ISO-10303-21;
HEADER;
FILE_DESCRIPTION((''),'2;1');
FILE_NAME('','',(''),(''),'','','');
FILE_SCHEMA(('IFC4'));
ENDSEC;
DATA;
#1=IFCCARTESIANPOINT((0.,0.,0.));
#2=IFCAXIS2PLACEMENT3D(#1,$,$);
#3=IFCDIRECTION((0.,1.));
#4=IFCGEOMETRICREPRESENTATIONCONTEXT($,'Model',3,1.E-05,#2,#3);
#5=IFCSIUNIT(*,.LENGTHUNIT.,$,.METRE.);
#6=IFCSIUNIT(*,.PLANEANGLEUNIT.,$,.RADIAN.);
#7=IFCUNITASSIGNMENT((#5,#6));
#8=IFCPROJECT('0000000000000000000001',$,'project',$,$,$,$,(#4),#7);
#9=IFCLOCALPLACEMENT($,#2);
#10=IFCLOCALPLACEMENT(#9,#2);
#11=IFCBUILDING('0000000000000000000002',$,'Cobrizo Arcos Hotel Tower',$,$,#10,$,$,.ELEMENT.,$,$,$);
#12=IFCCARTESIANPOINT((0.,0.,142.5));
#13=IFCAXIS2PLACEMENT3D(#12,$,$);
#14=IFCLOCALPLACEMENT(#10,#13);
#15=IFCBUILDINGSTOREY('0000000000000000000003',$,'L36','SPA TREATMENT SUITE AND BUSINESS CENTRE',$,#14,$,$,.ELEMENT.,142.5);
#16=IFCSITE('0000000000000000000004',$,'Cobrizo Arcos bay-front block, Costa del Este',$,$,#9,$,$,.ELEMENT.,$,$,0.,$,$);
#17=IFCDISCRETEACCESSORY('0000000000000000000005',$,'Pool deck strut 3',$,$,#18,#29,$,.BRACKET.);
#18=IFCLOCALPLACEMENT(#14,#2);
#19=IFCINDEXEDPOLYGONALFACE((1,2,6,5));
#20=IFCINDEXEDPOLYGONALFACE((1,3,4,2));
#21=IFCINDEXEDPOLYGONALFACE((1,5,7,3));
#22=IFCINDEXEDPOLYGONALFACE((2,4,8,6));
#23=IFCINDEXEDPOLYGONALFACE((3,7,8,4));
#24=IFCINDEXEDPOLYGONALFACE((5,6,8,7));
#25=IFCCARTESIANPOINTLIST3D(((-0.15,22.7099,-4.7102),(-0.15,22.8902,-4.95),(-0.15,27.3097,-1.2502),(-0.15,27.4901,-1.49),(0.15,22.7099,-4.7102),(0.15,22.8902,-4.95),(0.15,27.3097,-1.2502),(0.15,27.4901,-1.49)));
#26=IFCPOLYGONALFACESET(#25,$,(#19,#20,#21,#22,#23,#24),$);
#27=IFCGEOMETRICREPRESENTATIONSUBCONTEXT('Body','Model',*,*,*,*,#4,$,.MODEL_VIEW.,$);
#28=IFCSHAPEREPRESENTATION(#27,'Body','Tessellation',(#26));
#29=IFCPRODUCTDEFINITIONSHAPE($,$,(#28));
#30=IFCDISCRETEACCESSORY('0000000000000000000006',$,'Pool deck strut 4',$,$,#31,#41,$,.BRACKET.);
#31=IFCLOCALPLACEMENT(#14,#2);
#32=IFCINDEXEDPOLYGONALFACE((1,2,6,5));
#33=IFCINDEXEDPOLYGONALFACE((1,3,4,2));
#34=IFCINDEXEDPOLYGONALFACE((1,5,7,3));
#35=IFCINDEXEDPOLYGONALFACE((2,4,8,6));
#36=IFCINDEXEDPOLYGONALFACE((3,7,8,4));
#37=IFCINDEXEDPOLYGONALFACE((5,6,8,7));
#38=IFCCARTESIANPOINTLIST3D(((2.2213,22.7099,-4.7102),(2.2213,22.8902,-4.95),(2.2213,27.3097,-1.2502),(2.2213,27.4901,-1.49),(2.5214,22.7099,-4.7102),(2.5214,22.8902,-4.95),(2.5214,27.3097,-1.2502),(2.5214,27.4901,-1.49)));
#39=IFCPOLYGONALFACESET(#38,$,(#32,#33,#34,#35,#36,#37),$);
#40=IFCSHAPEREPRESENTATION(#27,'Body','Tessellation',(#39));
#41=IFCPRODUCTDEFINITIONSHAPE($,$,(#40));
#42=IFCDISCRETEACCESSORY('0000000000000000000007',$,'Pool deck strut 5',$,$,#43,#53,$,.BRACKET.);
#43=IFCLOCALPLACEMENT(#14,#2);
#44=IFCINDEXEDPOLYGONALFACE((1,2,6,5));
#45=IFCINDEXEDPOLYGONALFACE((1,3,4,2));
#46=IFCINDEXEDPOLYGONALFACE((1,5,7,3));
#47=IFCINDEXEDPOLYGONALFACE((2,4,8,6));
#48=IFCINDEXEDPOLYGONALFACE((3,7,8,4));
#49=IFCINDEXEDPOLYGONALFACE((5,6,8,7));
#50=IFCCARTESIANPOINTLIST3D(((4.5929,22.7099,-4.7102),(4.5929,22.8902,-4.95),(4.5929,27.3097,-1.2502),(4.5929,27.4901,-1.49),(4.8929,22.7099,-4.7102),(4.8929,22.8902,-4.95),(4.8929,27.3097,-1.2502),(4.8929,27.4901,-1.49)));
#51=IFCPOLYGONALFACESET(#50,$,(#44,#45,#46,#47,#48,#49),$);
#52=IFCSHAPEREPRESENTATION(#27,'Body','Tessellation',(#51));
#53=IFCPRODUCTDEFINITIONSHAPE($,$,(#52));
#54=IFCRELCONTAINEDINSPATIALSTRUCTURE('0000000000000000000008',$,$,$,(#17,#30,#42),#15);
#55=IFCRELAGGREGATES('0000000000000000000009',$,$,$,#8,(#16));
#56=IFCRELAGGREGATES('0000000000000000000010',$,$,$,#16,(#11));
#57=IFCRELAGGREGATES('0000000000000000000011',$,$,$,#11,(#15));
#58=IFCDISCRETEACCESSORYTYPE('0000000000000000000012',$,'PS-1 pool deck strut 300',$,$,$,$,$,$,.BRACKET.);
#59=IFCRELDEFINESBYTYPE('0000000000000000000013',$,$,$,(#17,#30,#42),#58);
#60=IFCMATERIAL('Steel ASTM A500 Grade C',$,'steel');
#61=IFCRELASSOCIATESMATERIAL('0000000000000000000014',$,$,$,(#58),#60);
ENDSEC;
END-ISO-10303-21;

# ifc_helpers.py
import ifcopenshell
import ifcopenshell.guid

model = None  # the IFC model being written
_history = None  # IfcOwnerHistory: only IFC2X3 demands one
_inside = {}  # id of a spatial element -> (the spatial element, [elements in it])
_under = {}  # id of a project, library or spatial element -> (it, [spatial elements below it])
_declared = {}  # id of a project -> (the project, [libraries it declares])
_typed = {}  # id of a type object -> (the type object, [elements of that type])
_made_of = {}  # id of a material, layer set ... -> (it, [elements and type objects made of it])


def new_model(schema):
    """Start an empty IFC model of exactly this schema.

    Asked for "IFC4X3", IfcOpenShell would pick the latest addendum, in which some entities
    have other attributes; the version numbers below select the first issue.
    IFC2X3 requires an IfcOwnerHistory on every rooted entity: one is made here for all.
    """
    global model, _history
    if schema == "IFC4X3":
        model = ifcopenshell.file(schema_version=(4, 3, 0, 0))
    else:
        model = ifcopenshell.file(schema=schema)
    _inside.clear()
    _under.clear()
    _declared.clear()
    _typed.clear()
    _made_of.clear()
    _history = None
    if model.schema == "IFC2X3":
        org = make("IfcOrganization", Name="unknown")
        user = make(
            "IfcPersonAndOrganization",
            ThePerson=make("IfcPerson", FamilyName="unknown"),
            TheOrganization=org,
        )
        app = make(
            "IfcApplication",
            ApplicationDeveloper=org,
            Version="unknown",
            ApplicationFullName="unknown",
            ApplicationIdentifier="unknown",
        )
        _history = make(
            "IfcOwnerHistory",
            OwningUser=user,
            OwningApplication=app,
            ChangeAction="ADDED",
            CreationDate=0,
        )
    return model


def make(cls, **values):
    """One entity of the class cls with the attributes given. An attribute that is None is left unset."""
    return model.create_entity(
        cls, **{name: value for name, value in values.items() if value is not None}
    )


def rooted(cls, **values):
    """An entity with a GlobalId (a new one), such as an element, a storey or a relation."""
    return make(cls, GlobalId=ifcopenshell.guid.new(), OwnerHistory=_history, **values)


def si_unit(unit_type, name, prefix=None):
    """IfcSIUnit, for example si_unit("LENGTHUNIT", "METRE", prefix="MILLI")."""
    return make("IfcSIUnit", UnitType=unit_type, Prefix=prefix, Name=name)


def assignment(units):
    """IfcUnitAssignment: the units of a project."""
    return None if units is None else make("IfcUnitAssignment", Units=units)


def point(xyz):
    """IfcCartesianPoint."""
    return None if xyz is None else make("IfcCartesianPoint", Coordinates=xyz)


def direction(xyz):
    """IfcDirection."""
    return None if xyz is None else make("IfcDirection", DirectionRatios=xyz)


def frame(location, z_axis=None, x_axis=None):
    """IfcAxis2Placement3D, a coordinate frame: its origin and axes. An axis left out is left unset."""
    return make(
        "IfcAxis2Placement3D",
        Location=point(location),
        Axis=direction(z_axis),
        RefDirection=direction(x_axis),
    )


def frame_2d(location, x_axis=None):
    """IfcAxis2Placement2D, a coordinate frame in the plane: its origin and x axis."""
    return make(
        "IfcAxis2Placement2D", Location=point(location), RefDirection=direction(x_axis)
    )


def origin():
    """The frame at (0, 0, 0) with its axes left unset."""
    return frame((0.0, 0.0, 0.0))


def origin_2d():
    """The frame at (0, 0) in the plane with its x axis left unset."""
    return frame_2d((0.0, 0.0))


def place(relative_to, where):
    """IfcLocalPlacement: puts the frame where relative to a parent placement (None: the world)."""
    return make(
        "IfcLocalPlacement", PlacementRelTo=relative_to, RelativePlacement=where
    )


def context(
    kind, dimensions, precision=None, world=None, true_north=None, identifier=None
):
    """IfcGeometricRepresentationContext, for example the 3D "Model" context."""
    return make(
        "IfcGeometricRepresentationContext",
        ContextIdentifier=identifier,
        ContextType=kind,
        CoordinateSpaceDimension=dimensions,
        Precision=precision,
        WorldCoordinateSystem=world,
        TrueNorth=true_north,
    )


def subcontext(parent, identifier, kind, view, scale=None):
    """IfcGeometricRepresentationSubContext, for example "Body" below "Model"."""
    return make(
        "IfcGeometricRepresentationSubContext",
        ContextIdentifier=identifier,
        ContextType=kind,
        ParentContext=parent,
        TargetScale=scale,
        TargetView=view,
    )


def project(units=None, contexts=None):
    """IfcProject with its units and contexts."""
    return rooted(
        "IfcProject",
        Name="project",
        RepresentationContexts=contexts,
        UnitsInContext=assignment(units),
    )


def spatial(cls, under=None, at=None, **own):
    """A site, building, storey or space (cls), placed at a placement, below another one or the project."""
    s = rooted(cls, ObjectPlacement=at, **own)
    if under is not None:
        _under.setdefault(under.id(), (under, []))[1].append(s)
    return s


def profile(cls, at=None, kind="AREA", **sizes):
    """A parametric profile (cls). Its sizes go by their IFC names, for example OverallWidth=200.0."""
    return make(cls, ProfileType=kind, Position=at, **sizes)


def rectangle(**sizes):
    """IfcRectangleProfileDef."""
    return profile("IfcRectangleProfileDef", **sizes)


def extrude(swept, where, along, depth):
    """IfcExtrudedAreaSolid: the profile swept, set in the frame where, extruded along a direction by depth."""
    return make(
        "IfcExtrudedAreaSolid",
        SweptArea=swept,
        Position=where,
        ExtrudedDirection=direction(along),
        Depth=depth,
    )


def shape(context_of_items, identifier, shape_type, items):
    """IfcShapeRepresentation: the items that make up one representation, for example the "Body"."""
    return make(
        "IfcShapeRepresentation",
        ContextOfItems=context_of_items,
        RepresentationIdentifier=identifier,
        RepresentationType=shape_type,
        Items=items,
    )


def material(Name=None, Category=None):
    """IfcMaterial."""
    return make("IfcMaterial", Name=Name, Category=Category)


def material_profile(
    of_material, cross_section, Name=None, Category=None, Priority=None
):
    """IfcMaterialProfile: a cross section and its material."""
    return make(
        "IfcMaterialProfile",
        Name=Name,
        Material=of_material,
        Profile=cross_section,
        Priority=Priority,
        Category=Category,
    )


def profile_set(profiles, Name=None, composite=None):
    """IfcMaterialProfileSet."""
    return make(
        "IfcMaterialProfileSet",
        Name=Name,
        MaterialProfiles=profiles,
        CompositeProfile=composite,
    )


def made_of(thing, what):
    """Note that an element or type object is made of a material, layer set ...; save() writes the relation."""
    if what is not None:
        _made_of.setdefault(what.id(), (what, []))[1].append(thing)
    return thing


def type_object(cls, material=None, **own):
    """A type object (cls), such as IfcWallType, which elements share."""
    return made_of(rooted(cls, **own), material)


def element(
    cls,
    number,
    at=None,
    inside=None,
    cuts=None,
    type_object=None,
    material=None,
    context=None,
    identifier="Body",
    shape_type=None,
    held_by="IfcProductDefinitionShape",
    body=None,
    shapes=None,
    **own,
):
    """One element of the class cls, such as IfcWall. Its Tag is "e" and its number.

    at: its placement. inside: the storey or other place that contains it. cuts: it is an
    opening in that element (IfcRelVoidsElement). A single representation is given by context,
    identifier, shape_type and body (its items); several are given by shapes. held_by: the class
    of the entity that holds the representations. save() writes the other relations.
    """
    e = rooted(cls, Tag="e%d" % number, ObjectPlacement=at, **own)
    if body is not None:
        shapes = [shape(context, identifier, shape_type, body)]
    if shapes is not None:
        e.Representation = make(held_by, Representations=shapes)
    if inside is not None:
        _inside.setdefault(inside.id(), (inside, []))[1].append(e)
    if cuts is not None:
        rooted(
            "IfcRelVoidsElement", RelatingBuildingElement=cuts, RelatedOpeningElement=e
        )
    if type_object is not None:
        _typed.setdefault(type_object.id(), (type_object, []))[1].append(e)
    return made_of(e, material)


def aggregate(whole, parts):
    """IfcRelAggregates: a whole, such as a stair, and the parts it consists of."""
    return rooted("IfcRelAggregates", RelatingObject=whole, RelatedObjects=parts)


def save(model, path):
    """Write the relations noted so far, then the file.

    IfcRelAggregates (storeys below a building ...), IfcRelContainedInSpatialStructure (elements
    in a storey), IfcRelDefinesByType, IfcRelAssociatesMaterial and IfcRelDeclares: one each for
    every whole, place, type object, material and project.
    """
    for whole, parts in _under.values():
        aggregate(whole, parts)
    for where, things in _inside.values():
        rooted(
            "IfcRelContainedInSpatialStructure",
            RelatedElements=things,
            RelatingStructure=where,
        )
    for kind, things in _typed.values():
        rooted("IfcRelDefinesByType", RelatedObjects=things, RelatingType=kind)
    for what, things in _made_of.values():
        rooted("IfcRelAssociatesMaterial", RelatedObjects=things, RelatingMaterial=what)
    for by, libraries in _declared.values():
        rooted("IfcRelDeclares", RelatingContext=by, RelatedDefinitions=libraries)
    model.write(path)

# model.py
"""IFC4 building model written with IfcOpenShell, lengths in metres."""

from ifc_helpers import new_model, si_unit, direction, frame, origin, origin_2d, place, context, subcontext, project, spatial, rectangle, extrude, material, material_profile, profile_set, type_object, element, save


model = new_model("IFC4")

# Units and contexts
model_context = context("Model", 3, precision=1e-05, world=origin(), true_north=direction((0.0, 1.0)))
body_context = subcontext(model_context, "Body", "Model", "MODEL_VIEW")
ifc_project = project(units=[si_unit("LENGTHUNIT", "METRE"), si_unit("PLANEANGLEUNIT", "RADIAN")], contexts=[model_context])

# Site, building, storey
site_placement = place(None, origin())
site = spatial("IfcSite", under=ifc_project, at=site_placement, Name="Cobrizo Arcos bay-front block, Costa del Este", CompositionType="ELEMENT", RefElevation=0.0)
building_placement = place(site_placement, origin())
building = spatial("IfcBuilding", under=site, at=building_placement, Name="Cobrizo Arcos Hotel Tower", CompositionType="ELEMENT")
storey_placement = place(building_placement, frame((0.0, 0.0, 142.5)))
storey = spatial("IfcBuildingStorey", under=building, at=storey_placement, Name="L36", Description="SPA TREATMENT SUITE AND BUSINESS CENTRE", CompositionType="ELEMENT", Elevation=142.5)

# Discrete accessories
ifc_material_1 = material(Name="Steel ASTM A500 Grade C", Category="steel")
ifc_material_profile_1 = material_profile(ifc_material_1, rectangle(XDim=0.3, YDim=0.3, at=origin_2d()), Name="PS-1 pool deck strut 300")
ifc_profile_set_1 = profile_set([ifc_material_profile_1], Name="Steel ASTM A500 Grade C")
discrete_accessory_type = type_object("IfcDiscreteAccessoryType", Name="PS-1 pool deck strut 300", PredefinedType="BRACKET", material=ifc_profile_set_1)
for number, where, z_axis, x_axis, name in (
    (1, (0.0, 22.8, -4.8301), (0.0, 0.799159, 0.601119), (-1.0, 0.0, 0.0), "Pool deck strut 3"),
    (2, (2.3713, 22.8, -4.8301), (0.0, 0.799159, 0.601119), (-1.0, 0.0, 0.0), "Pool deck strut 4"),
    (3, (4.7429, 22.8, -4.8301), (0.0, 0.799159, 0.601119), (-1.0, 0.0, 0.0), "Pool deck strut 5"),
):
    element("IfcDiscreteAccessory", number, at=place(storey_placement, frame(where, z_axis=z_axis, x_axis=x_axis)), inside=storey, type_object=discrete_accessory_type, Name=name, PredefinedType="BRACKET", context=body_context, shape_type="SweptSolid", body=[
        extrude(rectangle(XDim=0.3, YDim=0.3, at=origin_2d()), origin(), (0.0, 0.0, 1.0), 5.7559),
    ])

save(model, "model.ifc")
